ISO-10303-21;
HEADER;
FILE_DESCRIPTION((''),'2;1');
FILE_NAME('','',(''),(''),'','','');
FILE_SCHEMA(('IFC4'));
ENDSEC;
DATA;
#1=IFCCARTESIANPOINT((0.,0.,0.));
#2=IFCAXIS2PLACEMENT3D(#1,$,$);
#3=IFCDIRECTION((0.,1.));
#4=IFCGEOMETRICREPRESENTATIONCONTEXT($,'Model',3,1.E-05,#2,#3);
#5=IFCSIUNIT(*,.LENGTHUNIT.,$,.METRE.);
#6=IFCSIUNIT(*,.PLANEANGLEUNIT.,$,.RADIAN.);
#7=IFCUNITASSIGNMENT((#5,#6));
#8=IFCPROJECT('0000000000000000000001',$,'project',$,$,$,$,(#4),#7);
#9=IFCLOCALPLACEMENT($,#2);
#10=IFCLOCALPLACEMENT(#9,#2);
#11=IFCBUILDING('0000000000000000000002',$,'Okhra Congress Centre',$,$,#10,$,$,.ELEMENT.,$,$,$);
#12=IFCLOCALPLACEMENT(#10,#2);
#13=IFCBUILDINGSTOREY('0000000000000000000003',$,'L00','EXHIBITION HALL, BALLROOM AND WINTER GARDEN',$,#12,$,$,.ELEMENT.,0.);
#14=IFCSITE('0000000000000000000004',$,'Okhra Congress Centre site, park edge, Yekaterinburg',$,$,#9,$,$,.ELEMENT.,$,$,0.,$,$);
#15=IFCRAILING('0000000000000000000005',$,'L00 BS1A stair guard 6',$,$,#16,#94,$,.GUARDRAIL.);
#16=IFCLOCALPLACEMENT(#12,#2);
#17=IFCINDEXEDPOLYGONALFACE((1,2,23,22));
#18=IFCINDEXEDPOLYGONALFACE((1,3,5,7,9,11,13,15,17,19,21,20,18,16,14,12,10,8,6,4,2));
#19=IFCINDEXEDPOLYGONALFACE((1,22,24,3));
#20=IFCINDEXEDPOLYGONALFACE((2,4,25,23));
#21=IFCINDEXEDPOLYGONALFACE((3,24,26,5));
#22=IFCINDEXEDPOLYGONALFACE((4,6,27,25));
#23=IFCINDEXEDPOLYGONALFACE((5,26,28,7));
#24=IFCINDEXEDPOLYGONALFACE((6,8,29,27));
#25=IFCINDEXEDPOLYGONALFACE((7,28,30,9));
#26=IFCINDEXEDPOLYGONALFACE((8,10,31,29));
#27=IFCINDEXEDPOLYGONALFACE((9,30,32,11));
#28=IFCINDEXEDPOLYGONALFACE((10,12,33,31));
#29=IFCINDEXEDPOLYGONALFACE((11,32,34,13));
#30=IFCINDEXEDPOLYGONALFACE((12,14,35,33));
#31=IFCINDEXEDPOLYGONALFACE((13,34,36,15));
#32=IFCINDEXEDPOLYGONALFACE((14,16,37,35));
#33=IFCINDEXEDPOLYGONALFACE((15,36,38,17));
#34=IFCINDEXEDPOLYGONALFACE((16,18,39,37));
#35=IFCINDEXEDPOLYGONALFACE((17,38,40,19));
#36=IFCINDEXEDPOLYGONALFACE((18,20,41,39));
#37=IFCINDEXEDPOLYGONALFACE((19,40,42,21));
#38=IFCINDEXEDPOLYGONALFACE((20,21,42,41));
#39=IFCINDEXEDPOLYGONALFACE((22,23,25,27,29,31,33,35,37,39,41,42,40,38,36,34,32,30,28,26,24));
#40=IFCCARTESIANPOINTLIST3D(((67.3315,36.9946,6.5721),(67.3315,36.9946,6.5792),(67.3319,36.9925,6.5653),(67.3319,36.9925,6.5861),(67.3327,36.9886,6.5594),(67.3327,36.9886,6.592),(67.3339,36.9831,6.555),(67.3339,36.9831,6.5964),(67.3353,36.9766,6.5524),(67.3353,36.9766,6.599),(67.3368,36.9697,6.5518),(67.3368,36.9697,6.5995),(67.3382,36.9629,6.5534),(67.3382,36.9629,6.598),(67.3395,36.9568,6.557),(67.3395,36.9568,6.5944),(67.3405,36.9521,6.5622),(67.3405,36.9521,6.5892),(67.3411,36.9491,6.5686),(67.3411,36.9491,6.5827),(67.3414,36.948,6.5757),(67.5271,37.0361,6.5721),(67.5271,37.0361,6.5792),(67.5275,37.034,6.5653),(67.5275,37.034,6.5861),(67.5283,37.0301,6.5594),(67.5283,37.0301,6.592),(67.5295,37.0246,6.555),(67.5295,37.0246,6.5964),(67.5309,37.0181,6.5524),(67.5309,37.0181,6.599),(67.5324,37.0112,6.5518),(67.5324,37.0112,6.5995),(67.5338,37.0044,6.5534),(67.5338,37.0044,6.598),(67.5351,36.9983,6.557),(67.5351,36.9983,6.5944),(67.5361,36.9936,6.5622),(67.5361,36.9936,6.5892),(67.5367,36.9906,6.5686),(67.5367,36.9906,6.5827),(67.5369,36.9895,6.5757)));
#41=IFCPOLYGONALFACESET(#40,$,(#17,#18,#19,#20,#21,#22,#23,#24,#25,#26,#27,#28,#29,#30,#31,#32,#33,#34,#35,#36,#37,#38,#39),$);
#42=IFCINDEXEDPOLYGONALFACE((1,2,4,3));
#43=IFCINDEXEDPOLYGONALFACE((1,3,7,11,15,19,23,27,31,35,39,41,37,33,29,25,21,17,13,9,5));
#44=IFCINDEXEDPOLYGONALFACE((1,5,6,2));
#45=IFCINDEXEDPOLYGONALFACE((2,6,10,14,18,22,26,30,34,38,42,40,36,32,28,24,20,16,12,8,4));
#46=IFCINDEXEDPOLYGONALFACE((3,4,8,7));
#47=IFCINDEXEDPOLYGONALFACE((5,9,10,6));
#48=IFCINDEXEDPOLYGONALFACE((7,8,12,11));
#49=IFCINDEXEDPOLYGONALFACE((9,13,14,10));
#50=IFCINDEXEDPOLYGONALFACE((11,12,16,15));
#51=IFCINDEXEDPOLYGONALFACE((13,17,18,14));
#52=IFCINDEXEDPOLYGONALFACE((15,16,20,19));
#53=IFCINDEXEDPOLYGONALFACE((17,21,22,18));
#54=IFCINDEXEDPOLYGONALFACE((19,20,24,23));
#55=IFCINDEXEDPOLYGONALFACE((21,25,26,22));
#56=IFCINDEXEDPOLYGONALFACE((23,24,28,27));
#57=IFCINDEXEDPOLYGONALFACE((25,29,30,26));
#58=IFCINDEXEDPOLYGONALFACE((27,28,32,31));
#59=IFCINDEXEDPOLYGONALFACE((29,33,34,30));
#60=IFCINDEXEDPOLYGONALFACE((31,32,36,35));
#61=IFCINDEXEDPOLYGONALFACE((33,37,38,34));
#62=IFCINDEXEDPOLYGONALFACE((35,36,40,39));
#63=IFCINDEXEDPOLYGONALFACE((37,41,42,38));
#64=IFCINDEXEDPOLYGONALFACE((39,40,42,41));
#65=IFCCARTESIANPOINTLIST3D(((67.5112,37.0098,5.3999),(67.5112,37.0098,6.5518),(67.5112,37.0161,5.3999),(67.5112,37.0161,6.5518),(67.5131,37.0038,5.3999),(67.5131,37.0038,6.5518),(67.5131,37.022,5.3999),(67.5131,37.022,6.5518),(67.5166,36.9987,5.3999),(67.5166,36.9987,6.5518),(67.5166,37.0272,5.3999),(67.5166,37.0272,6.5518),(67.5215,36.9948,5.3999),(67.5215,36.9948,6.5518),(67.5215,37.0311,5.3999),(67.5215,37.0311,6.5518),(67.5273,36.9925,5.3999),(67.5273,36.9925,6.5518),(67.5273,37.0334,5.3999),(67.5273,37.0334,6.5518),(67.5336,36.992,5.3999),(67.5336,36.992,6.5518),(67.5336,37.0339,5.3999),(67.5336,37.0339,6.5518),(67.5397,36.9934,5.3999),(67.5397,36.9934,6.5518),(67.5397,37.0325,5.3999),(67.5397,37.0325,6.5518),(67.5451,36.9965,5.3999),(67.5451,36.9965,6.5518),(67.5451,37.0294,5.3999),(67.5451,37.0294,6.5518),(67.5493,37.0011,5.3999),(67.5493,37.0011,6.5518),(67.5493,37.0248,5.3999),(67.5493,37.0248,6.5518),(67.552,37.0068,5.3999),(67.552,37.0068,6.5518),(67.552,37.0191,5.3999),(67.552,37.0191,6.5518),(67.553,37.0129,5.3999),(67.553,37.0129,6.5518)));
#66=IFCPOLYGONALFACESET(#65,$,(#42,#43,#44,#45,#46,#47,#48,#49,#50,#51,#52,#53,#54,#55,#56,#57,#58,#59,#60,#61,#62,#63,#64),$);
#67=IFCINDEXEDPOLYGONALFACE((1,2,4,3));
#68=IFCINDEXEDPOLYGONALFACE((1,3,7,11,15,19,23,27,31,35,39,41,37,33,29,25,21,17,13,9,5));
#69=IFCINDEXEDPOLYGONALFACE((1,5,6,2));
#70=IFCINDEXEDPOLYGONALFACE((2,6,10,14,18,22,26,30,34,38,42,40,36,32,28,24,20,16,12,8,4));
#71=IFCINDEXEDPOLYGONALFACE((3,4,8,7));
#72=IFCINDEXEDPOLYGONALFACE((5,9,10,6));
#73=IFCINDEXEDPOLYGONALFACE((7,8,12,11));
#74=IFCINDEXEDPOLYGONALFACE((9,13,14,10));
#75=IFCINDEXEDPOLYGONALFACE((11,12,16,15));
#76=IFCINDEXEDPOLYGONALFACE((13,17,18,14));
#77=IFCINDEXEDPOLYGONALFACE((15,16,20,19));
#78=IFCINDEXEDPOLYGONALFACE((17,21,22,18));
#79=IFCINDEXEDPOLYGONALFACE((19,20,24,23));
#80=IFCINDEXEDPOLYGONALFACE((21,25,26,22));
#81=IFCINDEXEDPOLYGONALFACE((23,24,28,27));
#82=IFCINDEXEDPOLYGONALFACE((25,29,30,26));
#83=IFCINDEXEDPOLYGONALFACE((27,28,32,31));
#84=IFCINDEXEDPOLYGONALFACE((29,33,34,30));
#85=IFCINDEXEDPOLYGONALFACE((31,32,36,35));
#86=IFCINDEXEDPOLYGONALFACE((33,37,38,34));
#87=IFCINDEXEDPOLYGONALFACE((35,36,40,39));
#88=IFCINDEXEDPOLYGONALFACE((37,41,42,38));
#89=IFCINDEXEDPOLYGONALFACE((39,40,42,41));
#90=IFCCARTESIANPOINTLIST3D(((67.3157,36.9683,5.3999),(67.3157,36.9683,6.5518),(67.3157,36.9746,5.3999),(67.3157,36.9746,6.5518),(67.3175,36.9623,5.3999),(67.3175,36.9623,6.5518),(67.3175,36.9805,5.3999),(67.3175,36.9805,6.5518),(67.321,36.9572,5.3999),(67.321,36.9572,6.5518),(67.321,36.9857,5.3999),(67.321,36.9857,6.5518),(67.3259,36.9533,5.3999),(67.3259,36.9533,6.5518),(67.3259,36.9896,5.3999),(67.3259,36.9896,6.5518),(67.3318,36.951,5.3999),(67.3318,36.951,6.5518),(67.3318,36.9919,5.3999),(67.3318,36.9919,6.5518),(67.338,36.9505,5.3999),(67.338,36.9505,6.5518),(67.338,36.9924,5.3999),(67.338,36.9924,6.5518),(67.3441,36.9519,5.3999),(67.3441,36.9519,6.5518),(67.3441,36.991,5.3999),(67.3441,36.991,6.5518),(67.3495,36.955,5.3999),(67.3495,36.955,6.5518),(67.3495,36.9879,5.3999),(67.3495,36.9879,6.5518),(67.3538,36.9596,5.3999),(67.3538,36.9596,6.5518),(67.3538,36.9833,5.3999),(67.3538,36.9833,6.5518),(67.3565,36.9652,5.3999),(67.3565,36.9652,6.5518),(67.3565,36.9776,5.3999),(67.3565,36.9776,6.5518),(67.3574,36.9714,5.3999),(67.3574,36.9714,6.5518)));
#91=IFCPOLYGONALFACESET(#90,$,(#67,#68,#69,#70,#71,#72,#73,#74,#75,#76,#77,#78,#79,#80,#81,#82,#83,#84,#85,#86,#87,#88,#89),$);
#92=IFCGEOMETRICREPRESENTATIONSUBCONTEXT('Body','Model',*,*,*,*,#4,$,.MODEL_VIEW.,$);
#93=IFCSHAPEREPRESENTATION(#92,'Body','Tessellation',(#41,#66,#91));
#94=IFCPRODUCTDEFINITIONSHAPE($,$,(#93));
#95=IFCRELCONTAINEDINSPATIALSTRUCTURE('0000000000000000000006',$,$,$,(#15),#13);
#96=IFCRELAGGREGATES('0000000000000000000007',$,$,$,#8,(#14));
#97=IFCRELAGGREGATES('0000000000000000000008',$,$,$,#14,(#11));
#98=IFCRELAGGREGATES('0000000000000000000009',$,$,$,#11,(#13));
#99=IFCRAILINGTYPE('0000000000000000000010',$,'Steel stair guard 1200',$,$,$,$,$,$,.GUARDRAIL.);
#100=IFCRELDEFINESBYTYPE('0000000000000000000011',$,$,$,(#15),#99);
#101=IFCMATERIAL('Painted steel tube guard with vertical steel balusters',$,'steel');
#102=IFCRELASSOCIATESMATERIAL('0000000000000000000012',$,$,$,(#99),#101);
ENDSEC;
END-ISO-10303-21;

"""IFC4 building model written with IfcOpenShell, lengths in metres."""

from ifc_helpers import new_model, si_unit, direction, frame, origin, origin_2d, place, context, subcontext, project, spatial, circle, extrude, material, type_object, element, save


model = new_model("IFC4")

# Units and contexts
model_context = context("Model", 3, precision=1e-05, world=origin(), true_north=direction((0.0, 1.0)))
body_context = subcontext(model_context, "Body", "Model", "MODEL_VIEW")
ifc_project = project(units=[si_unit("LENGTHUNIT", "METRE"), si_unit("PLANEANGLEUNIT", "RADIAN")], contexts=[model_context])

# Site, building, storey
site_placement = place(None, origin())
site = spatial("IfcSite", under=ifc_project, at=site_placement, Name="Okhra Congress Centre site, park edge, Yekaterinburg", CompositionType="ELEMENT", RefElevation=0.0)
building_placement = place(site_placement, origin())
building = spatial("IfcBuilding", under=site, at=building_placement, Name="Okhra Congress Centre", CompositionType="ELEMENT")
storey_placement = place(building_placement, origin())
storey = spatial("IfcBuildingStorey", under=building, at=storey_placement, Name="L00", Description="EXHIBITION HALL, BALLROOM AND WINTER GARDEN", CompositionType="ELEMENT", Elevation=0.0)

# Railing
ifc_material_1 = material(Name="Painted steel tube guard with vertical steel balusters", Category="steel")
railing_type_1 = type_object("IfcRailingType", Name="Steel stair guard 1200", PredefinedType="GUARDRAIL", material=ifc_material_1)
railing_1_placement = place(storey_placement, frame((67.532, 37.0129, 5.3999)))
element("IfcRailing", 1, at=railing_1_placement, inside=storey, type_object=railing_type_1, Name="L00 BS1A stair guard 6", PredefinedType="GUARDRAIL", context=body_context, shape_type="SweptSolid", body=[
    extrude(circle(Radius=0.0239, at=origin_2d()), frame((0.0, 0.0, 1.1758), z_axis=(-0.978212, -0.20761, 0.0), x_axis=(0.20761, -0.978212, 0.0)), (0.0, 0.0, 1.0), 0.2),
    extrude(circle(Radius=0.021, at=origin_2d()), origin(), (0.0, 0.0, 1.0), 1.1519),
    extrude(circle(Radius=0.021, at=origin_2d()), frame((-0.1956, -0.0415, 0.0)), (0.0, 0.0, 1.0), 1.1519),
])

save(model, "model.ifc")
